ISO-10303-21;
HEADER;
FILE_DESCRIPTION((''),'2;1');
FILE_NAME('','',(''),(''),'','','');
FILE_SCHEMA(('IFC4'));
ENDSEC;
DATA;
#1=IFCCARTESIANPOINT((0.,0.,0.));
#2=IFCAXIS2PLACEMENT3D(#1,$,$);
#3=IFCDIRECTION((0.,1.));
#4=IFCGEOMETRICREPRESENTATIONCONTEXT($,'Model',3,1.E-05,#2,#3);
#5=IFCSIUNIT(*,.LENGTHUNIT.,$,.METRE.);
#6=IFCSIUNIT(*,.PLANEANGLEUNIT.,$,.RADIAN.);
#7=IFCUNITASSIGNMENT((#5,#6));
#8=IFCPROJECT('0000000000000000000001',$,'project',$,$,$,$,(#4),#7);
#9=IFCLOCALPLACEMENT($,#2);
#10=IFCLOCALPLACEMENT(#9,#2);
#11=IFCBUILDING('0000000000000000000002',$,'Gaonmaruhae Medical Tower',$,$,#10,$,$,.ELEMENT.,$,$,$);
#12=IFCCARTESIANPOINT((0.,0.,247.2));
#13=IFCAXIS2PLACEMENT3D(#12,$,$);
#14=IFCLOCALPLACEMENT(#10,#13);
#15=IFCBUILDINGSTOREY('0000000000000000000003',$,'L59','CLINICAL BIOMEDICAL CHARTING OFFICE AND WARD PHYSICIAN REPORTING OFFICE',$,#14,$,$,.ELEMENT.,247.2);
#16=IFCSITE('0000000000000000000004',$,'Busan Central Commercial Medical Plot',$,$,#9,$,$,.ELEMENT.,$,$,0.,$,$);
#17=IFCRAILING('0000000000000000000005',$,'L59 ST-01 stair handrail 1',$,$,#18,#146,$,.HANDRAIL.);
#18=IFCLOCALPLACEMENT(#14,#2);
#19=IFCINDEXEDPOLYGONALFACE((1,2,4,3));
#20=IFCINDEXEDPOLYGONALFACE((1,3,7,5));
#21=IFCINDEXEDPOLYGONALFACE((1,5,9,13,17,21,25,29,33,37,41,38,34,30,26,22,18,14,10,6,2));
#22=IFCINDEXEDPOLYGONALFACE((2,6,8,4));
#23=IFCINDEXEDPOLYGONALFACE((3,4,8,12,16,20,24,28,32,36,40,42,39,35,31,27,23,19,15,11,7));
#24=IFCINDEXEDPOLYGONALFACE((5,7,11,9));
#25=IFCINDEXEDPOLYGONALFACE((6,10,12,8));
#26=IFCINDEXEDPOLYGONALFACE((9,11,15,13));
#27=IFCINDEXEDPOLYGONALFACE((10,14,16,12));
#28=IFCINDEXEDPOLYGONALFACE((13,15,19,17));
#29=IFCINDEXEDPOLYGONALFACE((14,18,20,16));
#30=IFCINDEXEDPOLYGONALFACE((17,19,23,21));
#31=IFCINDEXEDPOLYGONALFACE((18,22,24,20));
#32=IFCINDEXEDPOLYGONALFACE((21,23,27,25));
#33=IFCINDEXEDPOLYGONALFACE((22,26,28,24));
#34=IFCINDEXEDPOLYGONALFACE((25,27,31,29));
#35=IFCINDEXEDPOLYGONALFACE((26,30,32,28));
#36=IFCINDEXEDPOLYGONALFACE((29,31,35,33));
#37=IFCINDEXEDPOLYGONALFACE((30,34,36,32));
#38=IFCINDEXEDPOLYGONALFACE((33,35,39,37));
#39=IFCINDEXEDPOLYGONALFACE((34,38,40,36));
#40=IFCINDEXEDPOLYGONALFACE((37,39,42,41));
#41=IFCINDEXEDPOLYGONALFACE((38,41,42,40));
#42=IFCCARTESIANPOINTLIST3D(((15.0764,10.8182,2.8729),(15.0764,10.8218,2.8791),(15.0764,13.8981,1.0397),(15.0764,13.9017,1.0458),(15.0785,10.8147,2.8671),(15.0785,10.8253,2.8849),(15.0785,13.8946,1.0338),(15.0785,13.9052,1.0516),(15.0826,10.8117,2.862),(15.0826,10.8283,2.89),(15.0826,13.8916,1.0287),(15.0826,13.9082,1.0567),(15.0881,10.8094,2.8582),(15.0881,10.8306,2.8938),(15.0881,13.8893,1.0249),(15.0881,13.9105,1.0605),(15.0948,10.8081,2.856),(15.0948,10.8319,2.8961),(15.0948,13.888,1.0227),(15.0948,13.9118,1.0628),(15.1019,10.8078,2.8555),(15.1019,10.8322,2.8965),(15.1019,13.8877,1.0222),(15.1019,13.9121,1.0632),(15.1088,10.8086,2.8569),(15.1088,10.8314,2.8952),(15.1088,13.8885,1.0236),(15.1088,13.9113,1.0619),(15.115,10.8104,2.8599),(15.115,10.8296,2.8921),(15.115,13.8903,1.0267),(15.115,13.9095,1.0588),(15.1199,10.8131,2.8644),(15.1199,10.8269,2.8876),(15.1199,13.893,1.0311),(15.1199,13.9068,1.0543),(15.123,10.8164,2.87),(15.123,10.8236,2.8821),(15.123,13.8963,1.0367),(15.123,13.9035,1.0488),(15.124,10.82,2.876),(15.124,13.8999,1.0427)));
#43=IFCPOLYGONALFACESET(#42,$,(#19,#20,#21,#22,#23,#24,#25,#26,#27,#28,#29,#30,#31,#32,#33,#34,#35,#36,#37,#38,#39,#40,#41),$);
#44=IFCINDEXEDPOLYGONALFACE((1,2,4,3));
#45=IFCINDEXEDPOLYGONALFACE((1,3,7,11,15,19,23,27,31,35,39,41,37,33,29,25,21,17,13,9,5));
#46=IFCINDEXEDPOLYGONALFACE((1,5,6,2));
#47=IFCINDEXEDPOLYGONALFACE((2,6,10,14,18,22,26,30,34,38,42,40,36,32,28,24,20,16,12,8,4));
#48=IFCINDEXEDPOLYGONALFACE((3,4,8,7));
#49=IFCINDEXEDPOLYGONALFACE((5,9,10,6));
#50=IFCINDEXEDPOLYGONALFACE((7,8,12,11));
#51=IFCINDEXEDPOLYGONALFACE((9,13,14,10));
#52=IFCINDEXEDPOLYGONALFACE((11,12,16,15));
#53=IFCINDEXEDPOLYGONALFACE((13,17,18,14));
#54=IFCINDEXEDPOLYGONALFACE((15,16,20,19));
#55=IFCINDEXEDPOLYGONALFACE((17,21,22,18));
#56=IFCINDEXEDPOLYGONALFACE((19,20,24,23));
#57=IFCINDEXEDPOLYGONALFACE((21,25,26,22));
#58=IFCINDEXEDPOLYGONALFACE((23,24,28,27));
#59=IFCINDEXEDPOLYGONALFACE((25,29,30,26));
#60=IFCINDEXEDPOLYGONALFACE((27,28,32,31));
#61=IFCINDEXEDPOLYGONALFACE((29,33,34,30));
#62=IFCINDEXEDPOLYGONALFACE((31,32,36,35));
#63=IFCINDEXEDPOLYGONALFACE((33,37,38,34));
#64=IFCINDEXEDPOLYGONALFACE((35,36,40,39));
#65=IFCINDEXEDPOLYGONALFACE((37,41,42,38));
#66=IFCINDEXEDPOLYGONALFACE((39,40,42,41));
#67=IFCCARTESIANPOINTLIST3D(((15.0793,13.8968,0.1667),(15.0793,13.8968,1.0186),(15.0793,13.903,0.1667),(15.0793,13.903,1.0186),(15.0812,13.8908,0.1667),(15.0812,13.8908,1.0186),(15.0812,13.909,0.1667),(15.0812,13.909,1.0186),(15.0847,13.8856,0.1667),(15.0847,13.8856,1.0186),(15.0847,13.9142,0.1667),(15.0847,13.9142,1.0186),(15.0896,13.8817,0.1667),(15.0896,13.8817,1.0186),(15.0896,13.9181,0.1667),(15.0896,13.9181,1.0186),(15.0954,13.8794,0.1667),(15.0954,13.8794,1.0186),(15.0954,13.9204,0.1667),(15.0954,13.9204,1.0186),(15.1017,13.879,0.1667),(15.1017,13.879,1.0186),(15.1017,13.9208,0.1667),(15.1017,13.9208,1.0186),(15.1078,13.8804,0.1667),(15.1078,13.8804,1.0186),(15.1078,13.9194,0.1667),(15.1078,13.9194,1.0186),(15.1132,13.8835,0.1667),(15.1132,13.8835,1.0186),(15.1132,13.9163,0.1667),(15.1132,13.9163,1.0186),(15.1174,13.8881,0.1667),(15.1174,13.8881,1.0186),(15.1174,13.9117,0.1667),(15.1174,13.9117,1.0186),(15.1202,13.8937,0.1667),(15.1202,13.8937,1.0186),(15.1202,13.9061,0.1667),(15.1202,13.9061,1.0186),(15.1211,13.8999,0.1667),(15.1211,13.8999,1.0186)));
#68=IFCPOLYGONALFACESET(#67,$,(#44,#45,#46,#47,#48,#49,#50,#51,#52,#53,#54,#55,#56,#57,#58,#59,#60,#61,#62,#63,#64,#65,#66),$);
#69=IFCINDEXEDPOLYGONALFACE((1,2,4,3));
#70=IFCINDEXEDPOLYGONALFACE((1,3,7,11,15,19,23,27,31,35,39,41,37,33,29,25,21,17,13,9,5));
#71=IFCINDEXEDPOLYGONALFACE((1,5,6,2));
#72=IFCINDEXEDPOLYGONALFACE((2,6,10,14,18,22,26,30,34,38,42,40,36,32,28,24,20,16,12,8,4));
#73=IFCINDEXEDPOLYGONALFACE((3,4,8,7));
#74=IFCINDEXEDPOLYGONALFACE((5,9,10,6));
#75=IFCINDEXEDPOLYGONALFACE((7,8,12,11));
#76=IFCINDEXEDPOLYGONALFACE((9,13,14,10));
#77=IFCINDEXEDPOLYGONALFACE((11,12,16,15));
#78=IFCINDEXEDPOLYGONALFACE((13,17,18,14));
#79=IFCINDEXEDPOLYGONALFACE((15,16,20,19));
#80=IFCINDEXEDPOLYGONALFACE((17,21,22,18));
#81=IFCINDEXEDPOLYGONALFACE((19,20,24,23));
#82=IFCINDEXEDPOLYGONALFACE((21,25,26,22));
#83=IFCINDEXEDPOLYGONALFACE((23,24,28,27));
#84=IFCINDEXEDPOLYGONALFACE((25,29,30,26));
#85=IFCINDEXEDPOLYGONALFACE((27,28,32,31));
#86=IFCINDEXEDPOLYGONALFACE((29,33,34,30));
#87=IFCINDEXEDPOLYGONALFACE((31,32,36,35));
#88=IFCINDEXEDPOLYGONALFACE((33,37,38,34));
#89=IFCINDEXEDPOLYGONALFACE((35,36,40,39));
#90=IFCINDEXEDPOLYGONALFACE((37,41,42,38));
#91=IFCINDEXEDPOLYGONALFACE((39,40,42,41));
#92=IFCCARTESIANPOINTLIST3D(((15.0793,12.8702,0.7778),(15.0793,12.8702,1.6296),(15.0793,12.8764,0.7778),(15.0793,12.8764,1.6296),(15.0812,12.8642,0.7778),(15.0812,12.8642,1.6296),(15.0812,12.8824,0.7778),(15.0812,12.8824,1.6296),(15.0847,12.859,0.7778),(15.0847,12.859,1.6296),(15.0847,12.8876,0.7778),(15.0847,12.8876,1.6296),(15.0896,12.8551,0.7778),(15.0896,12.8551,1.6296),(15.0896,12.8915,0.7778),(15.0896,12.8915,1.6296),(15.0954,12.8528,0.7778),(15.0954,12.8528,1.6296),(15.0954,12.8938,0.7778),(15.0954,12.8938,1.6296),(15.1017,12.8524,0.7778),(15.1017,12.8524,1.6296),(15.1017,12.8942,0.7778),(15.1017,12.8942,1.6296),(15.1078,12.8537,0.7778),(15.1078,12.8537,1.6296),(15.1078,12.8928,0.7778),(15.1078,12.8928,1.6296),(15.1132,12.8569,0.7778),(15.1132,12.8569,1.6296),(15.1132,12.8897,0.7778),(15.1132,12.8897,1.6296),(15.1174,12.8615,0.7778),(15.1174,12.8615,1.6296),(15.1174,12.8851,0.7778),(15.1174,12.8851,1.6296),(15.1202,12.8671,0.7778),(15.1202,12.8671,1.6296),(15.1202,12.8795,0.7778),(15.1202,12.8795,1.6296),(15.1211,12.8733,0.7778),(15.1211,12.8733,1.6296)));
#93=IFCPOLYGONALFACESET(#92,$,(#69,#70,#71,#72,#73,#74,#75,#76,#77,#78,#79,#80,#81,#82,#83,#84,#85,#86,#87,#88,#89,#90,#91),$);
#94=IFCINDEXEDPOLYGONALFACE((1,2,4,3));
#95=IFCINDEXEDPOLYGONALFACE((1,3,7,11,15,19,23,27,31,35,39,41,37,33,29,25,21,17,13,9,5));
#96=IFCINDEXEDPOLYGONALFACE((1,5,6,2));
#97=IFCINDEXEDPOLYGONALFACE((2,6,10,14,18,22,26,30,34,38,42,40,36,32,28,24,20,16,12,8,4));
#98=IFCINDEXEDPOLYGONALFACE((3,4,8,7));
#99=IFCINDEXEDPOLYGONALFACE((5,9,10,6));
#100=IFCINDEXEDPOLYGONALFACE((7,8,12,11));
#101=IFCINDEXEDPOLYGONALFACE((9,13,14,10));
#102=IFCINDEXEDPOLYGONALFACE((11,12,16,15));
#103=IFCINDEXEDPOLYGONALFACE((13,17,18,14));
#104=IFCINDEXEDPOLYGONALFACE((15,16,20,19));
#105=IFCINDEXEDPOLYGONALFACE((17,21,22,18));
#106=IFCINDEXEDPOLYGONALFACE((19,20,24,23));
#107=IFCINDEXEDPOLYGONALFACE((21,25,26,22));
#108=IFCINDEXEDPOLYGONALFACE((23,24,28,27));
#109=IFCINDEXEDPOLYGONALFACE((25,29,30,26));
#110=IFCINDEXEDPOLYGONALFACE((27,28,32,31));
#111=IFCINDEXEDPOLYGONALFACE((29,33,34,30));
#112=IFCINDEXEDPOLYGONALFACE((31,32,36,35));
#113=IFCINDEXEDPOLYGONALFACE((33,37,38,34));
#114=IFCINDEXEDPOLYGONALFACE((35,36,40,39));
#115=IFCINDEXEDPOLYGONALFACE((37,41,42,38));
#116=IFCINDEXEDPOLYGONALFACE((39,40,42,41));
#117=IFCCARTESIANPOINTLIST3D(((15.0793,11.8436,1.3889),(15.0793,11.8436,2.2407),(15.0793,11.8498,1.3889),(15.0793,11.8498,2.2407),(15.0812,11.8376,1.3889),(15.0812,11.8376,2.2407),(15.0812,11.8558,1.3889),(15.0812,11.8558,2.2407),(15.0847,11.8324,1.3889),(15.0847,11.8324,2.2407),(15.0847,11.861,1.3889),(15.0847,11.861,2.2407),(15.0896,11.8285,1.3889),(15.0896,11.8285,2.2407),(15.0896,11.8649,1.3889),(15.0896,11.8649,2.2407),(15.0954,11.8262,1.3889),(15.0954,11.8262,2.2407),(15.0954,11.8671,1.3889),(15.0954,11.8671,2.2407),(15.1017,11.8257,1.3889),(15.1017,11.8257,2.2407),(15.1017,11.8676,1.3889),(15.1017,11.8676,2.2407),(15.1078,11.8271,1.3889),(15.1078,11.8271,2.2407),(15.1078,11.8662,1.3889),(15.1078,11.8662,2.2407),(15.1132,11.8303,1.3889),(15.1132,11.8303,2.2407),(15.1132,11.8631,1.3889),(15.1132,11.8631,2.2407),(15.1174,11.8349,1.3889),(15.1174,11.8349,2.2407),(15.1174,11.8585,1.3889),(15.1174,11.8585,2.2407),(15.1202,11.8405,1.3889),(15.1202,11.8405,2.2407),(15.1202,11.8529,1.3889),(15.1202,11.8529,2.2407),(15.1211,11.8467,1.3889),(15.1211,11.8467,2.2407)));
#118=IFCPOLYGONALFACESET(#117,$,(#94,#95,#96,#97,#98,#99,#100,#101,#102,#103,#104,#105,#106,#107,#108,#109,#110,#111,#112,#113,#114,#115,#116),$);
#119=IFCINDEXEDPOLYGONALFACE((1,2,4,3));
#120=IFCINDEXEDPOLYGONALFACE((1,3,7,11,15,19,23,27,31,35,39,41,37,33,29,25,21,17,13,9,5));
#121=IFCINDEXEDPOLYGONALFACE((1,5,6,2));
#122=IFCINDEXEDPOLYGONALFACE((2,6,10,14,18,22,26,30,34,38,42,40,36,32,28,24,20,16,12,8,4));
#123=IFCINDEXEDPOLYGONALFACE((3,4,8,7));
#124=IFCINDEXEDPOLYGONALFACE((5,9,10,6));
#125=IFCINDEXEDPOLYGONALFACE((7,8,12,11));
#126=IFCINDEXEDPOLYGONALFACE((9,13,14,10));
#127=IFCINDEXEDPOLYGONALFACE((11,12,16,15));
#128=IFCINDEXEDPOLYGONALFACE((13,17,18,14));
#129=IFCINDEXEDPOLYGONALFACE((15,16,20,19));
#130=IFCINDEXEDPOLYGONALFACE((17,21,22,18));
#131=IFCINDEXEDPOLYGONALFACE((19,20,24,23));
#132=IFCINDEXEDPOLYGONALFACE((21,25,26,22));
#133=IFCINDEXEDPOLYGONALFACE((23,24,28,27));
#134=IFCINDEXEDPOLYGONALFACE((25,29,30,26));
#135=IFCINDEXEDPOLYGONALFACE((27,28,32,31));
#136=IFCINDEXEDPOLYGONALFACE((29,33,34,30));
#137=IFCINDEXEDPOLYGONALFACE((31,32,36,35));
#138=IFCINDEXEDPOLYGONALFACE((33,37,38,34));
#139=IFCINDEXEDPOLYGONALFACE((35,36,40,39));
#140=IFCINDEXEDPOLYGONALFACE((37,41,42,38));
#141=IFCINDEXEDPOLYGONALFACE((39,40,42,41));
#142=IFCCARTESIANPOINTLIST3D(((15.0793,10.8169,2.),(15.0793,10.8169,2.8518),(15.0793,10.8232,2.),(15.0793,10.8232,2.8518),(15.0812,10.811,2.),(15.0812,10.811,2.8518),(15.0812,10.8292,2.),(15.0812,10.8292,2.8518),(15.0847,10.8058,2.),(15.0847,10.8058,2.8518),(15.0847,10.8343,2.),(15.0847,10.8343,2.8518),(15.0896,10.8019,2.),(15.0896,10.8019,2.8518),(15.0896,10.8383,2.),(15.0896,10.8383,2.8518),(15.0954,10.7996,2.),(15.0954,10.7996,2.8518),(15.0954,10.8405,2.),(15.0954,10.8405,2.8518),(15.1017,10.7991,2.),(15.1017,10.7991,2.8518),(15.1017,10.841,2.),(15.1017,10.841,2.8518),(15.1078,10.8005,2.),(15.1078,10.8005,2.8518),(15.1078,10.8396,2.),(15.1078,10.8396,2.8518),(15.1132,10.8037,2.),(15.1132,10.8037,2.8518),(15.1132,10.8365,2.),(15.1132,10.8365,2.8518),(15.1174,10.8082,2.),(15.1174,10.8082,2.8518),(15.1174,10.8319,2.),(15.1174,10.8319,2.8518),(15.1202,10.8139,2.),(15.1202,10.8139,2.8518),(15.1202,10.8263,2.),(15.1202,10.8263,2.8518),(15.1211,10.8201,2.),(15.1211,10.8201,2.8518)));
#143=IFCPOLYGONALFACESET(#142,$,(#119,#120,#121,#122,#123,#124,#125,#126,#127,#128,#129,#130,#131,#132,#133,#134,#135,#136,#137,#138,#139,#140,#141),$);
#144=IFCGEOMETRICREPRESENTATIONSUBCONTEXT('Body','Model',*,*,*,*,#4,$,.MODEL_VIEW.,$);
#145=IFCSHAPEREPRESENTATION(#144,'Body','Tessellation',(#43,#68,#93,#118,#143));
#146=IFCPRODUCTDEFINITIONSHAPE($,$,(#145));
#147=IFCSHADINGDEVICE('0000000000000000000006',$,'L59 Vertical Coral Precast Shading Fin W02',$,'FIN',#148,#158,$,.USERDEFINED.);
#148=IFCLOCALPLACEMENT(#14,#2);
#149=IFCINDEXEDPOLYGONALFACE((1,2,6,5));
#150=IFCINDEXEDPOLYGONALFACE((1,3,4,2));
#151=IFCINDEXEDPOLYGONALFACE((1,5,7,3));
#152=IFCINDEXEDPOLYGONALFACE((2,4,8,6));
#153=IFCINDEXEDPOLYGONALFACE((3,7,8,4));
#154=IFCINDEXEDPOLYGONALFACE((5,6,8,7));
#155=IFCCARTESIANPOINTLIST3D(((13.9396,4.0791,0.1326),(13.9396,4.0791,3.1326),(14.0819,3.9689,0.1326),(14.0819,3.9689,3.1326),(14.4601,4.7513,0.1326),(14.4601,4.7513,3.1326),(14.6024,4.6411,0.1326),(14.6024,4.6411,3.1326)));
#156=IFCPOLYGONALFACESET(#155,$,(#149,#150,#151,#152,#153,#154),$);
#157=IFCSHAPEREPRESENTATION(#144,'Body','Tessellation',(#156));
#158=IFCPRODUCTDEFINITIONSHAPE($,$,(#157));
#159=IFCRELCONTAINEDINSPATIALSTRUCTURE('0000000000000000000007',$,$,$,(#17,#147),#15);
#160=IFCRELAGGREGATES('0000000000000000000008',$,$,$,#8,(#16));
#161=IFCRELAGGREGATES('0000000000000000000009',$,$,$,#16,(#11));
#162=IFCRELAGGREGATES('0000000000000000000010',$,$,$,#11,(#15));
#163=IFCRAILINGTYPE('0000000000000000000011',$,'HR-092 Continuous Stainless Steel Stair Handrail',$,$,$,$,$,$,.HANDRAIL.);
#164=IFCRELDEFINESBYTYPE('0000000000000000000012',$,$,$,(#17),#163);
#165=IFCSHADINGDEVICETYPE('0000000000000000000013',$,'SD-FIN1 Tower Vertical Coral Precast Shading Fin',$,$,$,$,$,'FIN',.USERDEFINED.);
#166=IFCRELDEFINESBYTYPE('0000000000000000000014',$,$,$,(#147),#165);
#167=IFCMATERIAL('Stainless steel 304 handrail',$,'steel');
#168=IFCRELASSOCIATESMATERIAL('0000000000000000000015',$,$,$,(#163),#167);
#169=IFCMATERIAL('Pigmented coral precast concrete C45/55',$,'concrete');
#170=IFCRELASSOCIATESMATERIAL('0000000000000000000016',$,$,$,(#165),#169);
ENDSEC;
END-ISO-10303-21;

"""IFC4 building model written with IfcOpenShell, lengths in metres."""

from ifc_helpers import new_model, si_unit, direction, frame, origin, origin_2d, place, context, subcontext, project, spatial, rectangle, circle, extrude, material, type_object, element, save


model = new_model("IFC4")

# Units and contexts
model_context = context("Model", 3, precision=1e-05, world=origin(), true_north=direction((0.0, 1.0)))
body_context = subcontext(model_context, "Body", "Model", "MODEL_VIEW")
ifc_project = project(units=[si_unit("LENGTHUNIT", "METRE"), si_unit("PLANEANGLEUNIT", "RADIAN")], contexts=[model_context])

# Site, building, storey
site_placement = place(None, origin())
site = spatial("IfcSite", under=ifc_project, at=site_placement, Name="Busan Central Commercial Medical Plot", CompositionType="ELEMENT", RefElevation=0.0)
building_placement = place(site_placement, origin())
building = spatial("IfcBuilding", under=site, at=building_placement, Name="Gaonmaruhae Medical Tower", CompositionType="ELEMENT")
storey_placement = place(building_placement, frame((0.0, 0.0, 247.2)))
storey = spatial("IfcBuildingStorey", under=building, at=storey_placement, Name="L59", Description="CLINICAL BIOMEDICAL CHARTING OFFICE AND WARD PHYSICIAN REPORTING OFFICE", CompositionType="ELEMENT", Elevation=247.2)

# Railing
ifc_material_1 = material(Name="Stainless steel 304 handrail", Category="steel")
railing_type_1 = type_object("IfcRailingType", Name="HR-092 Continuous Stainless Steel Stair Handrail", PredefinedType="HANDRAIL", material=ifc_material_1)
railing_1_placement = place(storey_placement, frame((15.1001, 13.8999, 0.1667)))
element("IfcRailing", 1, at=railing_1_placement, inside=storey, type_object=railing_type_1, Name="L59 ST-01 stair handrail 1", PredefinedType="HANDRAIL", context=body_context, shape_type="SweptSolid", body=[
    extrude(circle(Radius=0.0239, at=origin_2d()), frame((0.0, 0.0, 0.876), z_axis=(0.0, -0.859291, 0.511487), x_axis=(1.0, 0.0, 0.0)), (0.0, 0.0, 1.0), 3.5842),
    extrude(circle(Radius=0.021, at=origin_2d()), origin(), (0.0, 0.0, 1.0), 0.8518),
    extrude(circle(Radius=0.021, at=origin_2d()), frame((0.0, -1.0266, 0.6111)), (0.0, 0.0, 1.0), 0.8518),
    extrude(circle(Radius=0.021, at=origin_2d()), frame((0.0, -2.0532, 1.2222)), (0.0, 0.0, 1.0), 0.8518),
    extrude(circle(Radius=0.021, at=origin_2d()), frame((0.0, -3.0798, 1.8333)), (0.0, 0.0, 1.0), 0.8518),
])

# Shading device
ifc_material_2 = material(Name="Pigmented coral precast concrete C45/55", Category="concrete")
shading_device_type = type_object("IfcShadingDeviceType", Name="SD-FIN1 Tower Vertical Coral Precast Shading Fin", ElementType="FIN", PredefinedType="USERDEFINED", material=ifc_material_2)
shading_device_placement = place(storey_placement, frame((14.271, 4.3601, 0.1326), z_axis=(0.0, 0.0, 1.0), x_axis=(-0.79069, 0.612217, 0.0)))
element("IfcShadingDevice", 2, at=shading_device_placement, inside=storey, type_object=shading_device_type, Name="L59 Vertical Coral Precast Shading Fin W02", ObjectType="FIN", PredefinedType="USERDEFINED", context=body_context, shape_type="SweptSolid", body=[
    extrude(rectangle(XDim=0.1799, YDim=0.8501, at=origin_2d()), origin(), (0.0, 0.0, 1.0), 3.0),
])

save(model, "model.ifc")
